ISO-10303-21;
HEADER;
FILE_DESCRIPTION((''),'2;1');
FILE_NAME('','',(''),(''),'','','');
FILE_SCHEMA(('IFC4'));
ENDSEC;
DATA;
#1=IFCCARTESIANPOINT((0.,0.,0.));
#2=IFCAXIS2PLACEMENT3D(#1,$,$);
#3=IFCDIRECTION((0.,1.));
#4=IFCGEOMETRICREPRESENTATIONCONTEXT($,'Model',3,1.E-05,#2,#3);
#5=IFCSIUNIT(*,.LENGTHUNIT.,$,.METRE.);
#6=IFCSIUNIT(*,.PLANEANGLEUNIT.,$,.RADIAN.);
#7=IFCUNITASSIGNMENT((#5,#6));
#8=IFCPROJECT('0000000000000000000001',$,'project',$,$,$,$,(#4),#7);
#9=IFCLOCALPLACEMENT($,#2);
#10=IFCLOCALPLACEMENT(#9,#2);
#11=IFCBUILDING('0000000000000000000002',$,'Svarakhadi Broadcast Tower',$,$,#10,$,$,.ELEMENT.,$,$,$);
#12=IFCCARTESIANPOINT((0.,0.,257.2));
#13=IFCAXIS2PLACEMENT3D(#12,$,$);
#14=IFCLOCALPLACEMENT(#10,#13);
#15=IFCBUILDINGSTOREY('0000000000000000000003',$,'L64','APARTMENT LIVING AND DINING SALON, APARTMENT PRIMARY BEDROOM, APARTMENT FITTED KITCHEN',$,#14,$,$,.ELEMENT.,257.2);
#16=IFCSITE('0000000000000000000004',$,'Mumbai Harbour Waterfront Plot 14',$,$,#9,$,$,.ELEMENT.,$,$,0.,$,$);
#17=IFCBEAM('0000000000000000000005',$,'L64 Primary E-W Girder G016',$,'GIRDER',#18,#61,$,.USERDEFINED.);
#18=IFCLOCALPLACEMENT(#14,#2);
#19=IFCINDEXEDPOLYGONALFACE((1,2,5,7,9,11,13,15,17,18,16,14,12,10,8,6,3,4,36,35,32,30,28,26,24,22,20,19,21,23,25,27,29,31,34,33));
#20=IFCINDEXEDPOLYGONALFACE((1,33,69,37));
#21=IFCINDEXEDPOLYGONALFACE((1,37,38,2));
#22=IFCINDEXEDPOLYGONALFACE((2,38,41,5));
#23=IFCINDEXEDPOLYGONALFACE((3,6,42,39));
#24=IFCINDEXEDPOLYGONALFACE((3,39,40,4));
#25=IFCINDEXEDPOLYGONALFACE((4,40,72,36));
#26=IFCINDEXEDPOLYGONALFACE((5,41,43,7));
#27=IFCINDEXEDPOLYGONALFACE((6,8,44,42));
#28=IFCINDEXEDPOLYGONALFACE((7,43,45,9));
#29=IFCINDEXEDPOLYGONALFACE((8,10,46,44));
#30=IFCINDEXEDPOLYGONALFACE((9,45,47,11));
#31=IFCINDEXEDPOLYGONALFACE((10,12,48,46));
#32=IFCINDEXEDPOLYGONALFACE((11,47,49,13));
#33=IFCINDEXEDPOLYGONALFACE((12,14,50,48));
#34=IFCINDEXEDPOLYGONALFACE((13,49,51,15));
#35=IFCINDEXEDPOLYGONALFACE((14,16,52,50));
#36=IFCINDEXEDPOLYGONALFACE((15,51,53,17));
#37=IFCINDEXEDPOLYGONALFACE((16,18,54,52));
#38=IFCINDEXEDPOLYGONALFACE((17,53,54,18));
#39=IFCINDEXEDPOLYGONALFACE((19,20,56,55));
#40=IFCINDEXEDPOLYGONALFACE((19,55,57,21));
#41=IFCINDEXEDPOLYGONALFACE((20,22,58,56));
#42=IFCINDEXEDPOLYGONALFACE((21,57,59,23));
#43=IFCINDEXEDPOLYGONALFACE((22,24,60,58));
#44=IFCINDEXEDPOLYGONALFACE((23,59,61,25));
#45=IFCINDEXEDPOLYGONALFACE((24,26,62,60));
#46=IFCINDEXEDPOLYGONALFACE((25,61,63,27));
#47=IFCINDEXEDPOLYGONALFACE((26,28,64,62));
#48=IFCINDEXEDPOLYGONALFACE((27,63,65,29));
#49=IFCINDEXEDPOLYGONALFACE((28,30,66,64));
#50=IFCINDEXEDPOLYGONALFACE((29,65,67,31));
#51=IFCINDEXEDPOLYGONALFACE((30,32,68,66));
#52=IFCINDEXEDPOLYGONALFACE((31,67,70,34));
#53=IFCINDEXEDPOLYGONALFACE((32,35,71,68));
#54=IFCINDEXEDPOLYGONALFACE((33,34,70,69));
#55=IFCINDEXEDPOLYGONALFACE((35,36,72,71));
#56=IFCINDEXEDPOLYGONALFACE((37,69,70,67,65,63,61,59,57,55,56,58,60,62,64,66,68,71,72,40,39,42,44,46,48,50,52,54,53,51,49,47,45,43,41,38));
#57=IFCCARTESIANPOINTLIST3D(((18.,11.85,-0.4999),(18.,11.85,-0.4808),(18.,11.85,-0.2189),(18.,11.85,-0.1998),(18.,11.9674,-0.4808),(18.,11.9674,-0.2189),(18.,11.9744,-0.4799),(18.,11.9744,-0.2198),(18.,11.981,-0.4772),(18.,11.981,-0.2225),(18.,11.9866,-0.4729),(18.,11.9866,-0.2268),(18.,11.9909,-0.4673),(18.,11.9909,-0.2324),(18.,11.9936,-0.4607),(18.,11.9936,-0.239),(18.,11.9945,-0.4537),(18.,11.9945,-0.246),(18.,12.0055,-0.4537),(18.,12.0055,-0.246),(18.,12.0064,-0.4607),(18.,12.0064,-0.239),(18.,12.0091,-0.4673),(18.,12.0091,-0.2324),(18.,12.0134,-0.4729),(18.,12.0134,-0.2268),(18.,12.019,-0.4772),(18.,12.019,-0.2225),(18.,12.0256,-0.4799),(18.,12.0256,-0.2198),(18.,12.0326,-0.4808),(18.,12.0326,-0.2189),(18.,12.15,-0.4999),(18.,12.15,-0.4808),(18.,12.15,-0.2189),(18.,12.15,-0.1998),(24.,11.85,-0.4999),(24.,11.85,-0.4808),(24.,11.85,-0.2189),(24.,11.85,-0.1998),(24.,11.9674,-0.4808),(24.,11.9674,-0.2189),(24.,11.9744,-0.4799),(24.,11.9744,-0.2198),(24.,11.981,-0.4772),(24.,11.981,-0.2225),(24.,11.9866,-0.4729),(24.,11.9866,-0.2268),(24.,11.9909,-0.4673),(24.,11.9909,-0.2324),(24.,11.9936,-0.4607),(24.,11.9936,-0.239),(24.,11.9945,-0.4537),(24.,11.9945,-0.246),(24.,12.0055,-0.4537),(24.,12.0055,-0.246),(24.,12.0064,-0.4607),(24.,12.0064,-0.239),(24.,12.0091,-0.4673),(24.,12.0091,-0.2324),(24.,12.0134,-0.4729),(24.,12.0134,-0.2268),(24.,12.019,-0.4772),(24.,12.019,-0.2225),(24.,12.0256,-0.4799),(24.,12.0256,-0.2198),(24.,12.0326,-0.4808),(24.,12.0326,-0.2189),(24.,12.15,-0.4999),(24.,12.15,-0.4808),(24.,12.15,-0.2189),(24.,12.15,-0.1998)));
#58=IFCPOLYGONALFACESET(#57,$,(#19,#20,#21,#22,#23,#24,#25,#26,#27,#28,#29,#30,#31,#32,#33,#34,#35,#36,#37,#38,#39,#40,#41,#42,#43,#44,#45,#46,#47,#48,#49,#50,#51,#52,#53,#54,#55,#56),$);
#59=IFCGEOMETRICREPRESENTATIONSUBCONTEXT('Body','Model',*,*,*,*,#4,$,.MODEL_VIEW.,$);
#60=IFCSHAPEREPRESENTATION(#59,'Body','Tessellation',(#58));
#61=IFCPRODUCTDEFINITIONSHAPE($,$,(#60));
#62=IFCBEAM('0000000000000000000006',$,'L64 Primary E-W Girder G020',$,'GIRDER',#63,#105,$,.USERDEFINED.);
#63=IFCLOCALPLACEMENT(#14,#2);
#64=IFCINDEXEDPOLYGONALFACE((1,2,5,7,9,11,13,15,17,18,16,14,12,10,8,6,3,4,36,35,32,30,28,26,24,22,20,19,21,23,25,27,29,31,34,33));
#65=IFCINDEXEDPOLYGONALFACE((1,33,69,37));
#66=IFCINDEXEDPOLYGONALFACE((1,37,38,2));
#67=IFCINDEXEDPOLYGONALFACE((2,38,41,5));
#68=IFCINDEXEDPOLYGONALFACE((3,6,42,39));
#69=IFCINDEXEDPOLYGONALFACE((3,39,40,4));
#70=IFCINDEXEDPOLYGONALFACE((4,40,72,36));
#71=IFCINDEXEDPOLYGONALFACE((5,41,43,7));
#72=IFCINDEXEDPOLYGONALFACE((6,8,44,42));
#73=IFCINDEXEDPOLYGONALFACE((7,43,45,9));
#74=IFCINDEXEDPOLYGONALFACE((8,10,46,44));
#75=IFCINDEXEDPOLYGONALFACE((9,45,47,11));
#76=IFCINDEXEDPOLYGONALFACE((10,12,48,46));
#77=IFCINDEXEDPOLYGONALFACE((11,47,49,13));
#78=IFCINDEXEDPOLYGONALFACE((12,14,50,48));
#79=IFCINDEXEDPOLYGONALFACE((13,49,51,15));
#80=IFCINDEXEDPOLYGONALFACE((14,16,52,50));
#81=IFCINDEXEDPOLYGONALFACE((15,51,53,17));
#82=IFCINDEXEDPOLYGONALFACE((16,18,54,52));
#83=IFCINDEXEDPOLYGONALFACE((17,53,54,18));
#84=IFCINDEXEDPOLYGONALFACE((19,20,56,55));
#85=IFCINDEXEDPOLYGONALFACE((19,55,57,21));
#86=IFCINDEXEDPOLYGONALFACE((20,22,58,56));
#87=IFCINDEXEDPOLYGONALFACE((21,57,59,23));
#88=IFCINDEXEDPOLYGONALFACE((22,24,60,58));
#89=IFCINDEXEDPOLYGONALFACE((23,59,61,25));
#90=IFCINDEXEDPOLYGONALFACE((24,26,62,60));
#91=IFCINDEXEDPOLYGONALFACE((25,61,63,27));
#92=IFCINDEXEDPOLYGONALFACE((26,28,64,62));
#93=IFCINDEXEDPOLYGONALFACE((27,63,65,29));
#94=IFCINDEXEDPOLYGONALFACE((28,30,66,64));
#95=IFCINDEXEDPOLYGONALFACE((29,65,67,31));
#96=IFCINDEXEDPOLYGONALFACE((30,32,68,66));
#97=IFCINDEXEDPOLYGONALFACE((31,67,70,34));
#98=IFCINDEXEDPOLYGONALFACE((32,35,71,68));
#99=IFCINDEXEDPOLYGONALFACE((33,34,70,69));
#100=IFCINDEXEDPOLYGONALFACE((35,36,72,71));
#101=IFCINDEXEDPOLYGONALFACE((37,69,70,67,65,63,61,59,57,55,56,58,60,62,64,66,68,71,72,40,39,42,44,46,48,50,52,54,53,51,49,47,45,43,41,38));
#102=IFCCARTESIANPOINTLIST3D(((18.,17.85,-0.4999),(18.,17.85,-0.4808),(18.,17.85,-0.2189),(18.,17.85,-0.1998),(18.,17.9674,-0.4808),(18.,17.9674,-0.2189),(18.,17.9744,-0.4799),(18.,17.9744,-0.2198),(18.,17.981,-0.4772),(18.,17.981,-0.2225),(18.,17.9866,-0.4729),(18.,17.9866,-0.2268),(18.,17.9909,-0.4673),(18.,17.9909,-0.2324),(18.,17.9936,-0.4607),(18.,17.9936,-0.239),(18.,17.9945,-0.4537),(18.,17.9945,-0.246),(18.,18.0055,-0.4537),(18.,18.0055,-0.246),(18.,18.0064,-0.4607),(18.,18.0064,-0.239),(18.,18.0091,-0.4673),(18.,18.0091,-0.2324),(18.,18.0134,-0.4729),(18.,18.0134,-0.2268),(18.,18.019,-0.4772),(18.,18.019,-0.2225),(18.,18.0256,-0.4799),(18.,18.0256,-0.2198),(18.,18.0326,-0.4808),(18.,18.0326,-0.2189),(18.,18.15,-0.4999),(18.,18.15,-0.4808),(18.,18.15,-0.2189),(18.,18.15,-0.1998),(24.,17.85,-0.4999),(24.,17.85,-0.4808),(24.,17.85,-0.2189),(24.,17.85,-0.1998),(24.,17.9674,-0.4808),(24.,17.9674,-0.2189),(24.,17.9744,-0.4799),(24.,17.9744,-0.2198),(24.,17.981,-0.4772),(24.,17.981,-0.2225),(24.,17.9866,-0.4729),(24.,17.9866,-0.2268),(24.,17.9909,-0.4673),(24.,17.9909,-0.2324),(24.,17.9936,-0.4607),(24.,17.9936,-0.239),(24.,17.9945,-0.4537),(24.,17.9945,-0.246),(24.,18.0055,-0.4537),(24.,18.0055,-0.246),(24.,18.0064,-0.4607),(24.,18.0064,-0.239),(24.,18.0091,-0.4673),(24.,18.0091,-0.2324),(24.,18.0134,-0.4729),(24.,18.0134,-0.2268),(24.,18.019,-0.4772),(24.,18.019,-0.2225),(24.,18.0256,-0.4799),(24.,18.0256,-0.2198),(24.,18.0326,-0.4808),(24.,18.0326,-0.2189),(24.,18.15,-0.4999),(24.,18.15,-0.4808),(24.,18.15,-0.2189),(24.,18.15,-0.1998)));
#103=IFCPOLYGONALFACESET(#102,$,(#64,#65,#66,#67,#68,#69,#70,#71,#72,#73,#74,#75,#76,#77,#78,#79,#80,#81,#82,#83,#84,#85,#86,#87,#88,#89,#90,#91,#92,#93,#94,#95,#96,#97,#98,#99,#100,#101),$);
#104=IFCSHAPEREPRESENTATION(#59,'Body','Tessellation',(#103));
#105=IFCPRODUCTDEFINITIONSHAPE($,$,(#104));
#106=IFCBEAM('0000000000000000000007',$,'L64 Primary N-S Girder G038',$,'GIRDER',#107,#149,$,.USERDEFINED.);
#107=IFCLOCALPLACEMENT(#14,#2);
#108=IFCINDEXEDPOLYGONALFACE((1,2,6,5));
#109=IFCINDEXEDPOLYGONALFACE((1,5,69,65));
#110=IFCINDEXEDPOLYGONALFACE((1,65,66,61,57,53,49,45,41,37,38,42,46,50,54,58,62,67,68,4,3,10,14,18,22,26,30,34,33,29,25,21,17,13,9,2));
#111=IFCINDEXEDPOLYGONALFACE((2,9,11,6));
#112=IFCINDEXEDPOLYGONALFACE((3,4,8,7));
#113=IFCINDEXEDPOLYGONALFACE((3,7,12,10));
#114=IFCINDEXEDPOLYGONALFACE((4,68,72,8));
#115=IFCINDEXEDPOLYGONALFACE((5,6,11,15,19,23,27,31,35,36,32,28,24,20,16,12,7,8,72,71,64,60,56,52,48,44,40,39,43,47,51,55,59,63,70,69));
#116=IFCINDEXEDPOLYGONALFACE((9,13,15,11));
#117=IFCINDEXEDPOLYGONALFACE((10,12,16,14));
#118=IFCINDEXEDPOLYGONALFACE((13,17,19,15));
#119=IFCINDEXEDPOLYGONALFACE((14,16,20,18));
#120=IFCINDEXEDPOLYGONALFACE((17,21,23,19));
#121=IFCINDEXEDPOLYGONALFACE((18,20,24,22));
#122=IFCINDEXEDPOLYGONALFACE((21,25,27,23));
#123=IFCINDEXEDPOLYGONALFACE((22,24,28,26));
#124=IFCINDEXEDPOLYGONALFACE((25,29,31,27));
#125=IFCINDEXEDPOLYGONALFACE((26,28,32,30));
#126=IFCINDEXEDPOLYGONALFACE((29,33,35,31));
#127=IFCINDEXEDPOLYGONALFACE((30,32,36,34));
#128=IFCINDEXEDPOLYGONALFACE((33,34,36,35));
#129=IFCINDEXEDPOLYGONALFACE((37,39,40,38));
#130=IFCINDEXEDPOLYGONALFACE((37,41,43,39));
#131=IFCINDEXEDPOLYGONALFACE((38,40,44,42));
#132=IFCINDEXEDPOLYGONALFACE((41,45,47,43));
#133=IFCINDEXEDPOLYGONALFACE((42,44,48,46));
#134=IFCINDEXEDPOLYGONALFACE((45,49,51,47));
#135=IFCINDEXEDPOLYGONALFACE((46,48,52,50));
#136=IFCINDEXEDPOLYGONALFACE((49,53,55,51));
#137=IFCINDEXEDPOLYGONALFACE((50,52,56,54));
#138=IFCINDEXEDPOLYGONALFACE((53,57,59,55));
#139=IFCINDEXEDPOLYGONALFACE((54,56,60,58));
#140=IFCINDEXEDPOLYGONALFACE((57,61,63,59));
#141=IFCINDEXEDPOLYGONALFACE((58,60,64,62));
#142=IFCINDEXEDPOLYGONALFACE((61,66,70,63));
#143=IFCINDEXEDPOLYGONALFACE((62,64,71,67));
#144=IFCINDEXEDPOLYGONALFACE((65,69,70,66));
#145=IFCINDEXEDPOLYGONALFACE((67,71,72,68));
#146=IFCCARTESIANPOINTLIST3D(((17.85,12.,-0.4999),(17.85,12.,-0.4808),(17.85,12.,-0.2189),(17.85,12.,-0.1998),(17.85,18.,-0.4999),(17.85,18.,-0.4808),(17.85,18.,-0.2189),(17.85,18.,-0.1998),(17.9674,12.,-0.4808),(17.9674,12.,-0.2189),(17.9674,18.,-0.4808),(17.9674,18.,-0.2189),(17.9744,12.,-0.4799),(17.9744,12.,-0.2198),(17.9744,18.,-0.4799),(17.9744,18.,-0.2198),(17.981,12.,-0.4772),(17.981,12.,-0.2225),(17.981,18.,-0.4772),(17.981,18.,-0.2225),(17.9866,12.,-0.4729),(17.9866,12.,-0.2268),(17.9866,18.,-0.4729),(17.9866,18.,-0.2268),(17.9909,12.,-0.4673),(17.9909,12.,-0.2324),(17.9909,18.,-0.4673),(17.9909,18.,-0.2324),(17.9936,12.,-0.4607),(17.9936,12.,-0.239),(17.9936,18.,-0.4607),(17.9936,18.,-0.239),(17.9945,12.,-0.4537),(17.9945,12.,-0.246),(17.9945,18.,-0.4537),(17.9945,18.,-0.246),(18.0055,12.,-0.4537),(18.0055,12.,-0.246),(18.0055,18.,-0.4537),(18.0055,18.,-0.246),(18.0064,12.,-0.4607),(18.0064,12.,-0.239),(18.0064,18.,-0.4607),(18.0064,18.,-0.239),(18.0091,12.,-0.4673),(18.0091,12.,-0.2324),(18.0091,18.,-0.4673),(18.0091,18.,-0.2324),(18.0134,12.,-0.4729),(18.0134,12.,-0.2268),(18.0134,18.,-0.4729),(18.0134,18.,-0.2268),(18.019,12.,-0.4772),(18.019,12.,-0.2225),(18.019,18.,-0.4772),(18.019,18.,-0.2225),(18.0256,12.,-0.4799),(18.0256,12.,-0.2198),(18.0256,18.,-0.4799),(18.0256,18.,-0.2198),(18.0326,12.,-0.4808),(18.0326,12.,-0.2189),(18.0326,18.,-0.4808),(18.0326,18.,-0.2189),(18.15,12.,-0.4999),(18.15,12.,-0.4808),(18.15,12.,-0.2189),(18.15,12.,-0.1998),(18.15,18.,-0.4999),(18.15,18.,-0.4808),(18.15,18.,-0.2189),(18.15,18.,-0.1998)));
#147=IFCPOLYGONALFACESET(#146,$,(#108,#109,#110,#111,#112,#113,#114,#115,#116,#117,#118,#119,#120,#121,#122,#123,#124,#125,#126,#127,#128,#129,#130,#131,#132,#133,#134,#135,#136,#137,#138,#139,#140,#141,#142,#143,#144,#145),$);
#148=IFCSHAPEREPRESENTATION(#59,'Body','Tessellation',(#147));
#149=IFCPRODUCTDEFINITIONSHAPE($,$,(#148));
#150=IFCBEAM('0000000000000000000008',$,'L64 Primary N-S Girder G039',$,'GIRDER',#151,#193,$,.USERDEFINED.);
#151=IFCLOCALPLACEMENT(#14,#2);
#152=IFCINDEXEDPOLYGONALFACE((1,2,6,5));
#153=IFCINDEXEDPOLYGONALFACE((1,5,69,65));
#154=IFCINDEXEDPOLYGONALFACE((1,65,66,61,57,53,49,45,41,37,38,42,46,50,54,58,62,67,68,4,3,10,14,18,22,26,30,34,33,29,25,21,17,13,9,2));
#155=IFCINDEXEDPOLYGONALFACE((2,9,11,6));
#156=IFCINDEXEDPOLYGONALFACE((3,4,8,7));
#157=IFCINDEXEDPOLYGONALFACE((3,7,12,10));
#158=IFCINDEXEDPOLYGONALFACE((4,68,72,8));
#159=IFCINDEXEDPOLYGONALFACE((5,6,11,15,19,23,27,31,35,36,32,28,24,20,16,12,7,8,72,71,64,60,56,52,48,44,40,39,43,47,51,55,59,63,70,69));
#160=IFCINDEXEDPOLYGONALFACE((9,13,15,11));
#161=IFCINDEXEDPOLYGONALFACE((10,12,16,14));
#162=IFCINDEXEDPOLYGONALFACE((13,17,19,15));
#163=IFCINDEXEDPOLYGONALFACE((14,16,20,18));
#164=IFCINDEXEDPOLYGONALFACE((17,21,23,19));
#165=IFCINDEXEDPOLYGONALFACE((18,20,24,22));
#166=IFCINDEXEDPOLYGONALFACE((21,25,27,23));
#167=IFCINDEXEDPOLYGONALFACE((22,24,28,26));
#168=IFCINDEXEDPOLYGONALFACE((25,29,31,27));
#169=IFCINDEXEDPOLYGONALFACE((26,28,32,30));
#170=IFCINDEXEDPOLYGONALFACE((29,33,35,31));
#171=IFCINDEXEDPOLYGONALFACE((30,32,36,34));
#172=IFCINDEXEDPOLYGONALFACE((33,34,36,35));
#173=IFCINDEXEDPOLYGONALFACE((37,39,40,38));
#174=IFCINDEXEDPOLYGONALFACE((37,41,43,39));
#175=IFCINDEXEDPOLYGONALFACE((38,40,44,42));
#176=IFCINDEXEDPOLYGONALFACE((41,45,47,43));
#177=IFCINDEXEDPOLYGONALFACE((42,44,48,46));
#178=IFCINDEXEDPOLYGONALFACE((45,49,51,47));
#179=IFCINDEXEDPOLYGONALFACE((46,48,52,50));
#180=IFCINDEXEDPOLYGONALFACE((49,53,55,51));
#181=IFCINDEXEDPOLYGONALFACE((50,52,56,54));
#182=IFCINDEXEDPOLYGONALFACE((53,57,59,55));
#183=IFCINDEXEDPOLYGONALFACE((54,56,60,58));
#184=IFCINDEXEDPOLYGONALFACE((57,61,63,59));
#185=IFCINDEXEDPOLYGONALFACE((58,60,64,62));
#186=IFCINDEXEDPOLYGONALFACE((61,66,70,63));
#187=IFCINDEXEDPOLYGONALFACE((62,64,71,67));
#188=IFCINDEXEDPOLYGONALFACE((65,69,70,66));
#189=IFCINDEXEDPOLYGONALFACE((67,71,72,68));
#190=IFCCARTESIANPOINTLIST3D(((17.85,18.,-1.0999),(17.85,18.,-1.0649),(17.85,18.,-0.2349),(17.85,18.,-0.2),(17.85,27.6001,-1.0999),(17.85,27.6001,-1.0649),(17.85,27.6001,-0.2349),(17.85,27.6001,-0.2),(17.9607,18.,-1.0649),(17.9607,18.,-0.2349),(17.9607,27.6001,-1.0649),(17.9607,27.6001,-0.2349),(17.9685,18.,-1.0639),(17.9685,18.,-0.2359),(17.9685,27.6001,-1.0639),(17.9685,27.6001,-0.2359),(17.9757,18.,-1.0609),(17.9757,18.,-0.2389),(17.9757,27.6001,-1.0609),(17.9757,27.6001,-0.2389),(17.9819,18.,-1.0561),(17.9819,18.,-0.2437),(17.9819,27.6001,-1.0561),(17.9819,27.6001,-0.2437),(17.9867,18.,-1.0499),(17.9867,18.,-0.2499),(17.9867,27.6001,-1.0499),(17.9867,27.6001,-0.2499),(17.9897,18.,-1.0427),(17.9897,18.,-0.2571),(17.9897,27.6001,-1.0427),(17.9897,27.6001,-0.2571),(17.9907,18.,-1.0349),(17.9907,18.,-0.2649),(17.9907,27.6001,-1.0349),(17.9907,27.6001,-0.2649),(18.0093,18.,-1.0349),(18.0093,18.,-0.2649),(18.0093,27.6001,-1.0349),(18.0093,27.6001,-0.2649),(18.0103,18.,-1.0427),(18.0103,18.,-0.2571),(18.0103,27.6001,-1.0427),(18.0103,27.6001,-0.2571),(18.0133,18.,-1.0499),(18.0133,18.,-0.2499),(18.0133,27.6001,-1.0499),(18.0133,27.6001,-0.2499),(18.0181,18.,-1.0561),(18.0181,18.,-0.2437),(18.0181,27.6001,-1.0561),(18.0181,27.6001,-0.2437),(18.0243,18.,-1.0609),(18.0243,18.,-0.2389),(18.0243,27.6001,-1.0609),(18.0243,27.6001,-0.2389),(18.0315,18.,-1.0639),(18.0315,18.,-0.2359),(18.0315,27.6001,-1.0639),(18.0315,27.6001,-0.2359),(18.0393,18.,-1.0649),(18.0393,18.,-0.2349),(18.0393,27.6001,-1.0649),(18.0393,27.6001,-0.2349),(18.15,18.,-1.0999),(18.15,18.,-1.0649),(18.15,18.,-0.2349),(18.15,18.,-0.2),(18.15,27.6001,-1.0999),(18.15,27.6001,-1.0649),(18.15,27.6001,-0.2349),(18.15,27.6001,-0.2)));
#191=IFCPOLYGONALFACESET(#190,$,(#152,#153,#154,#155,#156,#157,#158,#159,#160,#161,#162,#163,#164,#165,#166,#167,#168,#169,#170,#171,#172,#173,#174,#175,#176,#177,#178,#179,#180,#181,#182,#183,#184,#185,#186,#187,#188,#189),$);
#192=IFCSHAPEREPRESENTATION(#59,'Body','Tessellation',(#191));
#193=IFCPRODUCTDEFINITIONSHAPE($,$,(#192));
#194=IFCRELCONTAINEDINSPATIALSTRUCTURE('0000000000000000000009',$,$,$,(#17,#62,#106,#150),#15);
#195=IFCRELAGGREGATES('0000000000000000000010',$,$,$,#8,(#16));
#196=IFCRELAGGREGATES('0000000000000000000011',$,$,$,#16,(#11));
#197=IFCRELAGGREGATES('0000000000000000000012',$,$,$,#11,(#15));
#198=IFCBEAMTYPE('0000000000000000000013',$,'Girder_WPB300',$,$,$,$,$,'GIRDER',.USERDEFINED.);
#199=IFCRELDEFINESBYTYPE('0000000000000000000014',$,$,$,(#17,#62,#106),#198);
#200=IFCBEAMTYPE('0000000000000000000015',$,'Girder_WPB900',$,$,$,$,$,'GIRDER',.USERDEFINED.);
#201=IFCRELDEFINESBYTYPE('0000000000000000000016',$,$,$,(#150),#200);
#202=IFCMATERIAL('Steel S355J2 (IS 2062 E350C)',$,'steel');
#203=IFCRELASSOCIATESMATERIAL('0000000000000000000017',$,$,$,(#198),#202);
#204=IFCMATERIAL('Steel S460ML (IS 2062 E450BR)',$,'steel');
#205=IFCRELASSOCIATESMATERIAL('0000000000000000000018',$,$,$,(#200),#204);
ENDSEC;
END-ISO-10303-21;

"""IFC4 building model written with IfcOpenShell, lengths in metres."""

from ifc_helpers import new_model, si_unit, direction, frame, origin, origin_2d, place, context, subcontext, project, spatial, i_section, extrude, material, material_profile, profile_set, type_object, element, save


model = new_model("IFC4")

# Units and contexts
model_context = context("Model", 3, precision=1e-05, world=origin(), true_north=direction((0.0, 1.0)))
body_context = subcontext(model_context, "Body", "Model", "MODEL_VIEW")
ifc_project = project(units=[si_unit("LENGTHUNIT", "METRE"), si_unit("PLANEANGLEUNIT", "RADIAN")], contexts=[model_context])

# Site, building, storey
site_placement = place(None, origin())
site = spatial("IfcSite", under=ifc_project, at=site_placement, Name="Mumbai Harbour Waterfront Plot 14", CompositionType="ELEMENT", RefElevation=0.0)
building_placement = place(site_placement, origin())
building = spatial("IfcBuilding", under=site, at=building_placement, Name="Svarakhadi Broadcast Tower", CompositionType="ELEMENT")
storey_placement = place(building_placement, frame((0.0, 0.0, 257.2)))
storey = spatial("IfcBuildingStorey", under=building, at=storey_placement, Name="L64", Description="APARTMENT LIVING AND DINING SALON, APARTMENT PRIMARY BEDROOM, APARTMENT FITTED KITCHEN", CompositionType="ELEMENT", Elevation=257.2)

# Shared definitions
ifc_material_1 = material(Name="Steel S355J2 (IS 2062 E350C)", Category="steel")

# Beams
ifc_material_profile_1 = material_profile(ifc_material_1, i_section(OverallWidth=0.3, OverallDepth=0.3, WebThickness=0.011, FlangeThickness=0.019, FilletRadius=0.0271, at=origin_2d()), Name="WPB 300x300x117")
ifc_profile_set_1 = profile_set([ifc_material_profile_1], Name="Steel S355J2 (IS 2062 E350C)")
beam_type_1 = type_object("IfcBeamType", Name="Girder_WPB300", ElementType="GIRDER", PredefinedType="USERDEFINED", material=ifc_profile_set_1)
for number, where, z_axis, x_axis, name in (
    (1, (18.0, 12.0, -0.3499), (1.0, 0.0, 0.0), (0.0, 1.0, 0.0), "L64 Primary E-W Girder G016"),
    (2, (18.0, 18.0, -0.3499), (1.0, 0.0, 0.0), (0.0, 1.0, 0.0), "L64 Primary E-W Girder G020"),
    (3, (18.0, 12.0, -0.3499), (0.0, 1.0, 0.0), (-1.0, 0.0, 0.0), "L64 Primary N-S Girder G038"),
):
    element("IfcBeam", number, at=place(storey_placement, frame(where, z_axis=z_axis, x_axis=x_axis)), inside=storey, type_object=beam_type_1, Name=name, ObjectType="GIRDER", PredefinedType="USERDEFINED", context=body_context, shape_type="SweptSolid", body=[
        extrude(i_section(OverallWidth=0.3, OverallDepth=0.3, WebThickness=0.011, FlangeThickness=0.019, FilletRadius=0.0271, at=origin_2d()), origin(), (0.0, 0.0, 1.0), 6.0),
    ])
ifc_material_2 = material(Name="Steel S460ML (IS 2062 E450BR)", Category="steel")
ifc_material_profile_2 = material_profile(ifc_material_2, i_section(OverallWidth=0.3, OverallDepth=0.8999, WebThickness=0.0186, FlangeThickness=0.0349, FilletRadius=0.03, at=origin_2d()), Name="WPB 900x300x291")
ifc_profile_set_2 = profile_set([ifc_material_profile_2], Name="Steel S460ML (IS 2062 E450BR)")
beam_type_2 = type_object("IfcBeamType", Name="Girder_WPB900", ElementType="GIRDER", PredefinedType="USERDEFINED", material=ifc_profile_set_2)
beam_1_placement = place(storey_placement, frame((18.0, 18.0, -0.6499), z_axis=(0.0, 1.0, 0.0), x_axis=(-1.0, 0.0, 0.0)))
element("IfcBeam", 4, at=beam_1_placement, inside=storey, type_object=beam_type_2, Name="L64 Primary N-S Girder G039", ObjectType="GIRDER", PredefinedType="USERDEFINED", context=body_context, shape_type="SweptSolid", body=[
    extrude(i_section(OverallWidth=0.3, OverallDepth=0.8999, WebThickness=0.0186, FlangeThickness=0.0349, FilletRadius=0.03, at=origin_2d()), origin(), (0.0, 0.0, 1.0), 9.6001),
])

save(model, "model.ifc")
